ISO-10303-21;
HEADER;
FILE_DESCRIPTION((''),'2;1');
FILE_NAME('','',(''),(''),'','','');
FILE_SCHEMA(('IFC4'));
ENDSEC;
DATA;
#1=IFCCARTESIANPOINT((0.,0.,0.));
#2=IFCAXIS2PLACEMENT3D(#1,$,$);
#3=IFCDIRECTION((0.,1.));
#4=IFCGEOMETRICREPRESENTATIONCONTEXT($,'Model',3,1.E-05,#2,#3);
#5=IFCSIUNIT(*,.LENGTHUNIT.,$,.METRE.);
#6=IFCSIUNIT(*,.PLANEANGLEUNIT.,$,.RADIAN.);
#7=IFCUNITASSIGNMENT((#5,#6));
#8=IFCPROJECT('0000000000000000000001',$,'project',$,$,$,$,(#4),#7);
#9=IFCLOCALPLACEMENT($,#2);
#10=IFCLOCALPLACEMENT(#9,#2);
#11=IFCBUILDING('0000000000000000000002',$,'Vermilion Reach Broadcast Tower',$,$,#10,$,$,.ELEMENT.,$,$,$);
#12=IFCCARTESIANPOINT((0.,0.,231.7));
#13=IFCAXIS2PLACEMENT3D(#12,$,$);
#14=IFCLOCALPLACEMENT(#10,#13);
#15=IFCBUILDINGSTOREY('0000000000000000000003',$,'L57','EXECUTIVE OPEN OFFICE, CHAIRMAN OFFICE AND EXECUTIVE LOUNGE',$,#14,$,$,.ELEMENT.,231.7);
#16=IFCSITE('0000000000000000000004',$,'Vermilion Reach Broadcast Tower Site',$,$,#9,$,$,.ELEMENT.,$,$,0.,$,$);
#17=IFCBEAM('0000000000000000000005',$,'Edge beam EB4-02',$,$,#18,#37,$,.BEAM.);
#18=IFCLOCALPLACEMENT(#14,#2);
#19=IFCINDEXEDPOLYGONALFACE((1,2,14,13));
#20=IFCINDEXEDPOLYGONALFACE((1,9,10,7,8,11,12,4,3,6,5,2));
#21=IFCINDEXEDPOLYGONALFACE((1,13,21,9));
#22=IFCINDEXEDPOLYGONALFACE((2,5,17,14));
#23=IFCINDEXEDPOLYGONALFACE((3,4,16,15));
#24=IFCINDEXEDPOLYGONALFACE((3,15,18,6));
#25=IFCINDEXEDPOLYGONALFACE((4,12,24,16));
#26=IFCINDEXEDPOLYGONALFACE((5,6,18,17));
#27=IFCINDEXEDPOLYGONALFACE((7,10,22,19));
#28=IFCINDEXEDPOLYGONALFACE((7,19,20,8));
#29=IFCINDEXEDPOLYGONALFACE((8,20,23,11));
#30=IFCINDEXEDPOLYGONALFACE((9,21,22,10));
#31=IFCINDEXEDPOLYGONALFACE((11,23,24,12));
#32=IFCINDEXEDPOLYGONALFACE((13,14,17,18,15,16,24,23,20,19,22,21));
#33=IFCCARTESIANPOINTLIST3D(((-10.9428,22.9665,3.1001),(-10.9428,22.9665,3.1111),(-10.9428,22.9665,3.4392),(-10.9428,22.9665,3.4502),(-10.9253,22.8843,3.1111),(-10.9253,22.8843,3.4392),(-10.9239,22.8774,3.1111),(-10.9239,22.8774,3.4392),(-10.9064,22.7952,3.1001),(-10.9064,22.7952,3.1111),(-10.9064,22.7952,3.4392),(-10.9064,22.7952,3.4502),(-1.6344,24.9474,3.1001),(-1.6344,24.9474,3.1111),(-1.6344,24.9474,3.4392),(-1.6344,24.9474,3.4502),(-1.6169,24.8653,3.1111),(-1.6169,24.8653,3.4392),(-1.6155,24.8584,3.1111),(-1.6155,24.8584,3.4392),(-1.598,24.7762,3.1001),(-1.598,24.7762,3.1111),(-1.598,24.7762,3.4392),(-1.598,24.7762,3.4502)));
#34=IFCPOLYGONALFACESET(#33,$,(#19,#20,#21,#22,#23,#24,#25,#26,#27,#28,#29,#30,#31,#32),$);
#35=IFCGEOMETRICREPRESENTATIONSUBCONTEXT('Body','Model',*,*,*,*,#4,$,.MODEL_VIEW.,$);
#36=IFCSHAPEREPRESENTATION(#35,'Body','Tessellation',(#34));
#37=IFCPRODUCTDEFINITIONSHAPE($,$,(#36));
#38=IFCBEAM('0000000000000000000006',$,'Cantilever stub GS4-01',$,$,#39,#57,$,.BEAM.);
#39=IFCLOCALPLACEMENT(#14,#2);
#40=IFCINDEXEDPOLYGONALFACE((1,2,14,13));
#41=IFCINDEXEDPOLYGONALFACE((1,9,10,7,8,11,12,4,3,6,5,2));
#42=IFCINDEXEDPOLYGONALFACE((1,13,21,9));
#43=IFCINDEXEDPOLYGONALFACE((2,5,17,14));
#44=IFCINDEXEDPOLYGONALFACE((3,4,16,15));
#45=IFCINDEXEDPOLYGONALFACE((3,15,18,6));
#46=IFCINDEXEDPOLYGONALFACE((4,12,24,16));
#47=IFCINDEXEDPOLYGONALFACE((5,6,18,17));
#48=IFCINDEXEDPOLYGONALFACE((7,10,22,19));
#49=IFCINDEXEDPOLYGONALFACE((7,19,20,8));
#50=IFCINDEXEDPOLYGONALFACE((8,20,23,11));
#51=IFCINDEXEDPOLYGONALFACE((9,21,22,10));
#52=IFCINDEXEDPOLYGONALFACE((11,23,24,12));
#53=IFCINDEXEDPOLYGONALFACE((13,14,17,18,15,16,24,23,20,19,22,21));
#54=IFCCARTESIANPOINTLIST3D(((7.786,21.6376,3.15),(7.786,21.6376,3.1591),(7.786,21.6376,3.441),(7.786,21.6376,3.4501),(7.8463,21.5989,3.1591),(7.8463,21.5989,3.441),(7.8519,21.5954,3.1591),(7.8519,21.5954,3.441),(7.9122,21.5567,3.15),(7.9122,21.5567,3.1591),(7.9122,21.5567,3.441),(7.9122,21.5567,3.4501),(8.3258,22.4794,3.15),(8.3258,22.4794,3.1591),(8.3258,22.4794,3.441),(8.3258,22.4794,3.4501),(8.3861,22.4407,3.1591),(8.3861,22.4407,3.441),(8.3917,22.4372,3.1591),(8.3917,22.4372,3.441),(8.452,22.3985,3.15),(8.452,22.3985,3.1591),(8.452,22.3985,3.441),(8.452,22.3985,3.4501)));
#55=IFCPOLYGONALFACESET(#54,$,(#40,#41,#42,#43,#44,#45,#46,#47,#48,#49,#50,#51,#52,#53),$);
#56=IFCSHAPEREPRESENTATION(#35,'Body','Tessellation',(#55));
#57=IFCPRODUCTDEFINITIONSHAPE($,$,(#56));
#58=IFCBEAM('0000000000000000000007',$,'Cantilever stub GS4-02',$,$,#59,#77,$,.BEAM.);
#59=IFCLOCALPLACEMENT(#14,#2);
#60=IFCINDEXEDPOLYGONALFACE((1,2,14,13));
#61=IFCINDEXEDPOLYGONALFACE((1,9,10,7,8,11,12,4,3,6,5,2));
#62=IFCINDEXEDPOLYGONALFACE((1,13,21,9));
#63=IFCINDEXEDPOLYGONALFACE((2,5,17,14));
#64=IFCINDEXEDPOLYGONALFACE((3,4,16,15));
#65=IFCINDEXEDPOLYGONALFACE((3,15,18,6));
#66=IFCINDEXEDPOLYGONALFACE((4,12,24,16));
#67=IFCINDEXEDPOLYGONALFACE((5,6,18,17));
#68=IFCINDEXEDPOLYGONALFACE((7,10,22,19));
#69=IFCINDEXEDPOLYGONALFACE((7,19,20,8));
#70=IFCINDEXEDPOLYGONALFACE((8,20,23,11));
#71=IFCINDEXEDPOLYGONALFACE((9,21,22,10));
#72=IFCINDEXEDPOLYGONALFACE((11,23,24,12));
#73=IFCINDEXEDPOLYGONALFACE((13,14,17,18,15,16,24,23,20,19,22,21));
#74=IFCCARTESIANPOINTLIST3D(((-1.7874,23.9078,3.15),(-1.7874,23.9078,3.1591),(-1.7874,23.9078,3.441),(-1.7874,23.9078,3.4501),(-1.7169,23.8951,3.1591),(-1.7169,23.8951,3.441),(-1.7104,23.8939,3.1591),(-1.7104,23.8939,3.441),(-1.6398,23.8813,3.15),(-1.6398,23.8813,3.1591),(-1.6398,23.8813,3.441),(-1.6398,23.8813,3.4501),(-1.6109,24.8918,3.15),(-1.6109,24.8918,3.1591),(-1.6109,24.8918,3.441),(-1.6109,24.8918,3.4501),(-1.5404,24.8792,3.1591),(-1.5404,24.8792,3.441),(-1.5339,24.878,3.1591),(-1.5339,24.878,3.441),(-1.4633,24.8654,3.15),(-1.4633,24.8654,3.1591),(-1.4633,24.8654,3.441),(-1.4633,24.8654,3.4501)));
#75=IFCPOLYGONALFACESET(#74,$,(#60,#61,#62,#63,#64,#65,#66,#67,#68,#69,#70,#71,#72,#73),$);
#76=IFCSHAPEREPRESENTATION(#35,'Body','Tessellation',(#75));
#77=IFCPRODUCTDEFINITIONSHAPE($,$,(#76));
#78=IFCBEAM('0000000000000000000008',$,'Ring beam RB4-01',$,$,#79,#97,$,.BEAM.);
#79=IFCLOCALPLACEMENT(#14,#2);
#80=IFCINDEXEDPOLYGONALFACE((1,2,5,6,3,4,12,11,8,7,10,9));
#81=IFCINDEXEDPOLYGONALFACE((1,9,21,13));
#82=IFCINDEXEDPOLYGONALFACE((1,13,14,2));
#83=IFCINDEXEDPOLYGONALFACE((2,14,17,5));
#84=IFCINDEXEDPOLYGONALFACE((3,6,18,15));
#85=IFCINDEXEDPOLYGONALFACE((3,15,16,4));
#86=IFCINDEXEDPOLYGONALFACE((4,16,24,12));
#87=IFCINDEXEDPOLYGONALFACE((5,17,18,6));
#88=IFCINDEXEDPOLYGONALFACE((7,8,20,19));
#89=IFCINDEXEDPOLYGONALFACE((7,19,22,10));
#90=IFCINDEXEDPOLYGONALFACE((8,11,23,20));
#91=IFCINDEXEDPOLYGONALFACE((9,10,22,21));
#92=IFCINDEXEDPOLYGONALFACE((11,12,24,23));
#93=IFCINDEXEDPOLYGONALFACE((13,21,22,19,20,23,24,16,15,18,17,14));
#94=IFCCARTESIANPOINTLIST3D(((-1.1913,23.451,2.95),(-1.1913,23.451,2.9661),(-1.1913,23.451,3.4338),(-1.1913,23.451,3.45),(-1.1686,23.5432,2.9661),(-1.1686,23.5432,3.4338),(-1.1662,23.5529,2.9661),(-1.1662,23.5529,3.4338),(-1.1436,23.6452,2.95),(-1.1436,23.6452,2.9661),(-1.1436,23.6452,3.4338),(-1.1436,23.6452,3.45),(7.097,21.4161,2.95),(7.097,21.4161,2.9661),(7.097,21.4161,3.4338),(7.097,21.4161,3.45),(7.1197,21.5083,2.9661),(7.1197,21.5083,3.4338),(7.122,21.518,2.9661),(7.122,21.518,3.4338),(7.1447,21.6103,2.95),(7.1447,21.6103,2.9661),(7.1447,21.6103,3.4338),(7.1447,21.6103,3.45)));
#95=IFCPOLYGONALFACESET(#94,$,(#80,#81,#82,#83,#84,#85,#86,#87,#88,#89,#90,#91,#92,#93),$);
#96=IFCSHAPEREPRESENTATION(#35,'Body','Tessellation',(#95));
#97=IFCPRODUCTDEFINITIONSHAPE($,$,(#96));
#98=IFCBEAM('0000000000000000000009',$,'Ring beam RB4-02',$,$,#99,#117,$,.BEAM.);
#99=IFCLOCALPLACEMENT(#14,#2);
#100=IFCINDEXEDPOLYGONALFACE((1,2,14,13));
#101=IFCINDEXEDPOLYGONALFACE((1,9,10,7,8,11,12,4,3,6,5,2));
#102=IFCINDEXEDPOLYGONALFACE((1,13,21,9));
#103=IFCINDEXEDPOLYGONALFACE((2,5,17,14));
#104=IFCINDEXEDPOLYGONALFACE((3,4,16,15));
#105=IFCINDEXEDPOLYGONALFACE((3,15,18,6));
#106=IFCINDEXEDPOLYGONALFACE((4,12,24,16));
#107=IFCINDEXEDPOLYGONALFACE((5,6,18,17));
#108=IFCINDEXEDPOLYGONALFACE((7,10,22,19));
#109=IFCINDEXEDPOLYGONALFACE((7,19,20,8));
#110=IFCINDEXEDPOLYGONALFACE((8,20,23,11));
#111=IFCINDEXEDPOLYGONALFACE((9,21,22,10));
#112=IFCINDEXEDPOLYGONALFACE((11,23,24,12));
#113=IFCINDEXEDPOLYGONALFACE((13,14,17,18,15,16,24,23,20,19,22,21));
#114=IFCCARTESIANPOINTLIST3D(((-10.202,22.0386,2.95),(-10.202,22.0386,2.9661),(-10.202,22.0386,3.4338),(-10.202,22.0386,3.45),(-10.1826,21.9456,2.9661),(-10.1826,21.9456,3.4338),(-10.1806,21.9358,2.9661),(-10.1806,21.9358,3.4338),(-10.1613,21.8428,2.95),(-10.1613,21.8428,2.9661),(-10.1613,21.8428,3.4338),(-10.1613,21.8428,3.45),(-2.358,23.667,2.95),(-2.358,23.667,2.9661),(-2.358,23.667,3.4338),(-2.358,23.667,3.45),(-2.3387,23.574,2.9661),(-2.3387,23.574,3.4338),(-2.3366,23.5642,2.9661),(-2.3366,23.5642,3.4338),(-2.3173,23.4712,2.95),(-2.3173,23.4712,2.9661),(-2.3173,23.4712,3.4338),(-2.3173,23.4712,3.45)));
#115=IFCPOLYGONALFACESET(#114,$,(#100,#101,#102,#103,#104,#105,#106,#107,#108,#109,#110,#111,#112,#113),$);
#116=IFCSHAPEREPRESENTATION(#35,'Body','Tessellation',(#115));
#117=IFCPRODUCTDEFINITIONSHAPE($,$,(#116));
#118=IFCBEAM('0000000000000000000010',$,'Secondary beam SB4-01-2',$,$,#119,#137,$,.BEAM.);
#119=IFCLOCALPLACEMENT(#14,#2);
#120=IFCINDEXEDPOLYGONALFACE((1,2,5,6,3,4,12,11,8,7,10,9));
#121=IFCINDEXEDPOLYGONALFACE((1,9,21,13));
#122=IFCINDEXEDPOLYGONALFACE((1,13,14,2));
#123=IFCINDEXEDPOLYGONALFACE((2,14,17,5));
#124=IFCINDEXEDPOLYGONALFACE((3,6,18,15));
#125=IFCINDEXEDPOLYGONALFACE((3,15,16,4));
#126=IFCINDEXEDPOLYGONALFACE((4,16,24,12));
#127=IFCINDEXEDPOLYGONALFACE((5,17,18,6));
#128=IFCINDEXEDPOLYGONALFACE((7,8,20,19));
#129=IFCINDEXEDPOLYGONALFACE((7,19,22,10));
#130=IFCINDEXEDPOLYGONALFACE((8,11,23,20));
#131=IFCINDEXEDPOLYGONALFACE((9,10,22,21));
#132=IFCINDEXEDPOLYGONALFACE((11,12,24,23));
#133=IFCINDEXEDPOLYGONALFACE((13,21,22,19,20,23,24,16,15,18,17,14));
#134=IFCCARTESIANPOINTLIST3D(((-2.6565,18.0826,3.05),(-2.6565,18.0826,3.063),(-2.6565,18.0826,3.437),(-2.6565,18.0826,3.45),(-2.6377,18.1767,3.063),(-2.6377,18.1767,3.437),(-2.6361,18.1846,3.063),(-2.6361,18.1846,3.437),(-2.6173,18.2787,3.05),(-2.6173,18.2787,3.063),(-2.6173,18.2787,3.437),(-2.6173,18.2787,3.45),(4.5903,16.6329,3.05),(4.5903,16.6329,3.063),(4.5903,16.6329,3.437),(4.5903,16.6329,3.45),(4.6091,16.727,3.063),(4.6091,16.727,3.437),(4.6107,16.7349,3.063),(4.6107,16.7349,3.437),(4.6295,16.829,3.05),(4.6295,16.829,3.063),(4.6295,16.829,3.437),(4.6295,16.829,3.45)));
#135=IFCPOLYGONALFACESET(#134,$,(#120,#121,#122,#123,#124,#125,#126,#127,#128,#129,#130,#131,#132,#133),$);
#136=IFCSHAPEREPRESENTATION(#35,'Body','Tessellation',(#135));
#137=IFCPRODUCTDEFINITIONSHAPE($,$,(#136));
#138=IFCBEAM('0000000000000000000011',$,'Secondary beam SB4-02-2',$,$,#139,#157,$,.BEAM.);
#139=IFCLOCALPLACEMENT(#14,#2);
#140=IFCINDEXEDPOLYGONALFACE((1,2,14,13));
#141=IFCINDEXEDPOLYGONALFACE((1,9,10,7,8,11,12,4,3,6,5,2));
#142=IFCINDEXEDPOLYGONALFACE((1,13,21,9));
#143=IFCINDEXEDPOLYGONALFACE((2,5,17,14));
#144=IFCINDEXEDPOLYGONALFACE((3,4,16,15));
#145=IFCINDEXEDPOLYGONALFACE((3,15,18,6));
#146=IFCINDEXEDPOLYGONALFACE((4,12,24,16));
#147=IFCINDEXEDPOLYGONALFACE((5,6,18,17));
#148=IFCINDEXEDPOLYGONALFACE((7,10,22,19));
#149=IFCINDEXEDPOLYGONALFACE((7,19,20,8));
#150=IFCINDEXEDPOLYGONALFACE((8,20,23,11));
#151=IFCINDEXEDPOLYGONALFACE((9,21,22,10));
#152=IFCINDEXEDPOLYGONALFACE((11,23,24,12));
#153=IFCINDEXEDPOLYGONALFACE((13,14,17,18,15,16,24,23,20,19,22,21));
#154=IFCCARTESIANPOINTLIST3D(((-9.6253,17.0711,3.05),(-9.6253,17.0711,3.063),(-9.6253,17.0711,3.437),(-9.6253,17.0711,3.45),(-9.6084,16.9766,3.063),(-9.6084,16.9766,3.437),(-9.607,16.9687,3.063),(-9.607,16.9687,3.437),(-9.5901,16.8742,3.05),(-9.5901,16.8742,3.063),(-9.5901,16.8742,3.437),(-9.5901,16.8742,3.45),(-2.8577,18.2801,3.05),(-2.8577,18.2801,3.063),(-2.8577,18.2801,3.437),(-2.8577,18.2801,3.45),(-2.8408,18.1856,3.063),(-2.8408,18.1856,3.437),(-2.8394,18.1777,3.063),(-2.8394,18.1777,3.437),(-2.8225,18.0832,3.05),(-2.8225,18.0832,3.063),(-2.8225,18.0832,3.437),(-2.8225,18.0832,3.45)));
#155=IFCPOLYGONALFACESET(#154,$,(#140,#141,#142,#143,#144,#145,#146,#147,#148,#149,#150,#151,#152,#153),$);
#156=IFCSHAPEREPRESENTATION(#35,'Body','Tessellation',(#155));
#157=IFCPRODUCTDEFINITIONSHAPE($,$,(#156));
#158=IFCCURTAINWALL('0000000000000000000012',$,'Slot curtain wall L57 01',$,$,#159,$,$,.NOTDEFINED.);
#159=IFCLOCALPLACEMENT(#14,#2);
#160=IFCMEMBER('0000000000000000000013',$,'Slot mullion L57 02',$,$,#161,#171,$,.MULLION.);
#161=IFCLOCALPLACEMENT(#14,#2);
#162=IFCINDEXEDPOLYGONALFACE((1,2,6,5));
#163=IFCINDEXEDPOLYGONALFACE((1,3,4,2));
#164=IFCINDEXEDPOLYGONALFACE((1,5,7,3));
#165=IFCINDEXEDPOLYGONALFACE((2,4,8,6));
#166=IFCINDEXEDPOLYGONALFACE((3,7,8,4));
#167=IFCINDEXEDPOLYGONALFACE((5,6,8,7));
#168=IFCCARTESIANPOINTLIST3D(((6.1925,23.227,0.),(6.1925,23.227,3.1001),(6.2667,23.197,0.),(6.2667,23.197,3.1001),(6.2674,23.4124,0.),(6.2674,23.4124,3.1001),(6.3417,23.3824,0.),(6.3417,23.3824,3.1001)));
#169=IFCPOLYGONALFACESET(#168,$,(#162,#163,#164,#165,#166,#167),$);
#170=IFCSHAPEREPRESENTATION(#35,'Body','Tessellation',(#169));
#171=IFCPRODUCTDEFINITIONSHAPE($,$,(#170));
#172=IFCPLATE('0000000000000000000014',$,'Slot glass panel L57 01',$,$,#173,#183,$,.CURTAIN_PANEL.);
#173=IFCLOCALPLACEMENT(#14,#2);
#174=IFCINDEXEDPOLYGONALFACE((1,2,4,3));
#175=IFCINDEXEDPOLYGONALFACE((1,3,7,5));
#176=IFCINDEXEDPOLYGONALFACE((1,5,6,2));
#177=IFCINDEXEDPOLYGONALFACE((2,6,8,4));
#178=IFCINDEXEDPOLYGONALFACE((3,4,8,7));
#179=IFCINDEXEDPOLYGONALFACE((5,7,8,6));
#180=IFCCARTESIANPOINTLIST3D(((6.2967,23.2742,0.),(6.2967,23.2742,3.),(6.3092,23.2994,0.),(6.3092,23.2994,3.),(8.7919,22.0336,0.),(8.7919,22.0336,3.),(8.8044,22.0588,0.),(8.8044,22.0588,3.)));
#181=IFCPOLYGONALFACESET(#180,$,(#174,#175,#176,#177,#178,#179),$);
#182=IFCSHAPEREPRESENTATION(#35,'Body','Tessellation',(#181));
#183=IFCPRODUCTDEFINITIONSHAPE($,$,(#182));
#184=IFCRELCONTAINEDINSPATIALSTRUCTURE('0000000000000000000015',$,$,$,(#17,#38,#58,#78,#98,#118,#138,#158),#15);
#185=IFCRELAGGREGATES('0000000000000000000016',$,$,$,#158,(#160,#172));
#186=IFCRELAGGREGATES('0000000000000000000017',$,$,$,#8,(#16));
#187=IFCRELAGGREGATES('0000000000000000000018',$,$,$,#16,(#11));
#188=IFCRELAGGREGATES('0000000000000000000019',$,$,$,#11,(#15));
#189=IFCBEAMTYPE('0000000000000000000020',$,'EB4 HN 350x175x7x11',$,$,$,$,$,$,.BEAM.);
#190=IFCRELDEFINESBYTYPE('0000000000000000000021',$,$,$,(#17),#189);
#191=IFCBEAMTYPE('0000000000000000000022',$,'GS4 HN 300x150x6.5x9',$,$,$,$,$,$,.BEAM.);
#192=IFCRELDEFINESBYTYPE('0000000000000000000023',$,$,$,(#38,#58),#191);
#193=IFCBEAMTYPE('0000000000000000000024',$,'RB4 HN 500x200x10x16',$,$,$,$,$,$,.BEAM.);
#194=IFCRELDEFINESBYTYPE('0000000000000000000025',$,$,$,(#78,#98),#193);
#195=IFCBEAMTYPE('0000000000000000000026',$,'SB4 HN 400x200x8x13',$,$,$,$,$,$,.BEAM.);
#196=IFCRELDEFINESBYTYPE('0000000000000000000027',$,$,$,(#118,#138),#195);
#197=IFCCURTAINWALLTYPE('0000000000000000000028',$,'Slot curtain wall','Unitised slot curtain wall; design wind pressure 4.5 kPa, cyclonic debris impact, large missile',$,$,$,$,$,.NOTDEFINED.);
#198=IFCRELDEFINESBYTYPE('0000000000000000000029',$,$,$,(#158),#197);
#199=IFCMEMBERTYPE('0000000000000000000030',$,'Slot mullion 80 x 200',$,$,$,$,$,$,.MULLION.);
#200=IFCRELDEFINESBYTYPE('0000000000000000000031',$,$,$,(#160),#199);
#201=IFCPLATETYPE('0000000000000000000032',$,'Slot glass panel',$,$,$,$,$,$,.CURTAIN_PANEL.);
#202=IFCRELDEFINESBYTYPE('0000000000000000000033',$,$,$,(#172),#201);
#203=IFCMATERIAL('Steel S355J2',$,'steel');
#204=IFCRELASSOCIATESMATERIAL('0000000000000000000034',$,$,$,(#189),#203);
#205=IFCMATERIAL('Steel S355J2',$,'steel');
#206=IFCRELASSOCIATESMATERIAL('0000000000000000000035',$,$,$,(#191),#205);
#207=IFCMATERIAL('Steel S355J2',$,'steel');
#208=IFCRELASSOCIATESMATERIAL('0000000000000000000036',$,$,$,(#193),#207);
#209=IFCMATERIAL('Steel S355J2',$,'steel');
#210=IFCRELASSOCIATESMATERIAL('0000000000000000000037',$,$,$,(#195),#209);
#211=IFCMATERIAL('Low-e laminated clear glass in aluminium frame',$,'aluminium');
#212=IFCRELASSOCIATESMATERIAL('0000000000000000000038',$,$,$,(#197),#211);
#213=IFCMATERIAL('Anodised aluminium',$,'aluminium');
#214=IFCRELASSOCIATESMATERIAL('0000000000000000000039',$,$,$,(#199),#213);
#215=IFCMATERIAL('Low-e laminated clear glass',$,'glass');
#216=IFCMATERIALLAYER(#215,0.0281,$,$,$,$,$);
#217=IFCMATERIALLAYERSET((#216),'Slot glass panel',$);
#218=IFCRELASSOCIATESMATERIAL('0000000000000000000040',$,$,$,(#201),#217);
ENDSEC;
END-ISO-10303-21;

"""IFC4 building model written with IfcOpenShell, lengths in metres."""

from ifc_helpers import new_model, si_unit, direction, frame, origin, origin_2d, place, context, subcontext, project, spatial, rectangle, i_section, extrude, material, layer, layer_set, material_profile, profile_set, type_object, element, aggregate, save


model = new_model("IFC4")

# Units and contexts
model_context = context("Model", 3, precision=1e-05, world=origin(), true_north=direction((0.0, 1.0)))
body_context = subcontext(model_context, "Body", "Model", "MODEL_VIEW")
ifc_project = project(units=[si_unit("LENGTHUNIT", "METRE"), si_unit("PLANEANGLEUNIT", "RADIAN")], contexts=[model_context])

# Site, building, storey
site_placement = place(None, origin())
site = spatial("IfcSite", under=ifc_project, at=site_placement, Name="Vermilion Reach Broadcast Tower Site", CompositionType="ELEMENT", RefElevation=0.0)
building_placement = place(site_placement, origin())
building = spatial("IfcBuilding", under=site, at=building_placement, Name="Vermilion Reach Broadcast Tower", CompositionType="ELEMENT")
storey_placement = place(building_placement, frame((0.0, 0.0, 231.7)))
storey = spatial("IfcBuildingStorey", under=building, at=storey_placement, Name="L57", Description="EXECUTIVE OPEN OFFICE, CHAIRMAN OFFICE AND EXECUTIVE LOUNGE", CompositionType="ELEMENT", Elevation=231.7)

# Beams
ifc_material_1 = material(Name="Steel S355J2", Category="steel")
ifc_material_profile_1 = material_profile(ifc_material_1, i_section(OverallWidth=0.175, OverallDepth=0.3501, WebThickness=0.0071, FlangeThickness=0.011, at=origin_2d()), Name="S355J2 HN 350x175x7x11")
ifc_profile_set_1 = profile_set([ifc_material_profile_1], Name="Steel S355J2")
beam_type_1 = type_object("IfcBeamType", Name="EB4 HN 350x175x7x11", PredefinedType="BEAM", material=ifc_profile_set_1)
beam_1_placement = place(storey_placement, frame((-1.6162, 24.8618, 3.2751), z_axis=(-0.978096, -0.208154, 0.0), x_axis=(0.208154, -0.978096, 0.0)))
element("IfcBeam", 1, at=beam_1_placement, inside=storey, type_object=beam_type_1, Name="Edge beam EB4-02", PredefinedType="BEAM", context=body_context, shape_type="SweptSolid", body=[
    extrude(i_section(OverallWidth=0.175, OverallDepth=0.3501, WebThickness=0.0071, FlangeThickness=0.011, at=origin_2d()), origin(), (0.0, 0.0, 1.0), 9.5168),
])
ifc_material_2 = material(Name="Steel S355J2", Category="steel")
ifc_material_profile_2 = material_profile(ifc_material_2, i_section(OverallWidth=0.1499, OverallDepth=0.3, WebThickness=0.0066, FlangeThickness=0.009, at=origin_2d()), Name="S355J2 HN 300x150x6.5x9")
ifc_profile_set_2 = profile_set([ifc_material_profile_2], Name="Steel S355J2")
beam_type_2 = type_object("IfcBeamType", Name="GS4 HN 300x150x6.5x9", PredefinedType="BEAM", material=ifc_profile_set_2)
beam_2_placement = place(storey_placement, frame((7.8491, 21.5972, 3.3), z_axis=(0.539795, 0.841797, 0.0), x_axis=(-0.841797, 0.539795, 0.0)))
element("IfcBeam", 2, at=beam_2_placement, inside=storey, type_object=beam_type_2, Name="Cantilever stub GS4-01", PredefinedType="BEAM", context=body_context, shape_type="SweptSolid", body=[
    extrude(i_section(OverallWidth=0.1499, OverallDepth=0.3, WebThickness=0.0066, FlangeThickness=0.009, at=origin_2d()), origin(), (0.0, 0.0, 1.0), 1.0),
])
beam_3_placement = place(storey_placement, frame((-1.7136, 23.8945, 3.3), z_axis=(0.176543, 0.984293, 0.0), x_axis=(-0.984293, 0.176543, 0.0)))
element("IfcBeam", 3, at=beam_3_placement, inside=storey, type_object=beam_type_2, Name="Cantilever stub GS4-02", PredefinedType="BEAM", context=body_context, shape_type="SweptSolid", body=[
    extrude(i_section(OverallWidth=0.1499, OverallDepth=0.3, WebThickness=0.0066, FlangeThickness=0.009, at=origin_2d()), origin(), (0.0, 0.0, 1.0), 0.9998),
])
ifc_material_3 = material(Name="Steel S355J2", Category="steel")
ifc_material_profile_3 = material_profile(ifc_material_3, i_section(OverallWidth=0.2, OverallDepth=0.5, WebThickness=0.01, FlangeThickness=0.0161, at=origin_2d()), Name="S355J2 HN 500x200x10x16")
ifc_profile_set_3 = profile_set([ifc_material_profile_3], Name="Steel S355J2")
beam_type_3 = type_object("IfcBeamType", Name="RB4 HN 500x200x10x16", PredefinedType="BEAM", material=ifc_profile_set_3)
beam_4_placement = place(storey_placement, frame((7.1208, 21.5132, 3.2), z_axis=(-0.971159, 0.238434, 0.0), x_axis=(-0.238434, -0.971159, 0.0)))
element("IfcBeam", 4, at=beam_4_placement, inside=storey, type_object=beam_type_3, Name="Ring beam RB4-01", PredefinedType="BEAM", context=body_context, shape_type="SweptSolid", body=[
    extrude(i_section(OverallWidth=0.2, OverallDepth=0.5, WebThickness=0.01, FlangeThickness=0.0161, at=origin_2d()), origin(), (0.0, 0.0, 1.0), 8.5344),
])
beam_5_placement = place(storey_placement, frame((-2.3376, 23.5691, 3.2), z_axis=(-0.979123, -0.203267, 0.0), x_axis=(0.203267, -0.979123, 0.0)))
element("IfcBeam", 5, at=beam_5_placement, inside=storey, type_object=beam_type_3, Name="Ring beam RB4-02", PredefinedType="BEAM", context=body_context, shape_type="SweptSolid", body=[
    extrude(i_section(OverallWidth=0.2, OverallDepth=0.5, WebThickness=0.01, FlangeThickness=0.0161, at=origin_2d()), origin(), (0.0, 0.0, 1.0), 8.0112),
])
ifc_material_4 = material(Name="Steel S355J2", Category="steel")
ifc_material_profile_4 = material_profile(ifc_material_4, i_section(OverallWidth=0.2, OverallDepth=0.3999, WebThickness=0.0081, FlangeThickness=0.0129, at=origin_2d()), Name="S355J2 HN 400x200x8x13")
ifc_profile_set_4 = profile_set([ifc_material_profile_4], Name="Steel S355J2")
beam_type_4 = type_object("IfcBeamType", Name="SB4 HN 400x200x8x13", PredefinedType="BEAM", material=ifc_profile_set_4)
beam_6_placement = place(storey_placement, frame((4.6099, 16.731, 3.25), z_axis=(-0.980572, 0.196161, 0.0), x_axis=(-0.196161, -0.980572, 0.0)))
element("IfcBeam", 6, at=beam_6_placement, inside=storey, type_object=beam_type_4, Name="Secondary beam SB4-01-2", PredefinedType="BEAM", context=body_context, shape_type="SweptSolid", body=[
    extrude(i_section(OverallWidth=0.2, OverallDepth=0.3999, WebThickness=0.0081, FlangeThickness=0.0129, at=origin_2d()), origin(), (0.0, 0.0, 1.0), 7.3904),
])
beam_7_placement = place(storey_placement, frame((-2.8401, 18.1816, 3.25), z_axis=(-0.984415, -0.175859, 0.0), x_axis=(0.175859, -0.984415, 0.0)))
element("IfcBeam", 7, at=beam_7_placement, inside=storey, type_object=beam_type_4, Name="Secondary beam SB4-02-2", PredefinedType="BEAM", context=body_context, shape_type="SweptSolid", body=[
    extrude(i_section(OverallWidth=0.2, OverallDepth=0.3999, WebThickness=0.0081, FlangeThickness=0.0129, at=origin_2d()), origin(), (0.0, 0.0, 1.0), 6.8748),
])

# Curtain wall, member, plate
ifc_material_5 = material(Name="Low-e laminated clear glass in aluminium frame", Category="aluminium")
curtain_wall_type = type_object("IfcCurtainWallType", Name="Slot curtain wall", Description="Unitised slot curtain wall; design wind pressure 4.5 kPa, cyclonic debris impact, large missile", PredefinedType="NOTDEFINED", material=ifc_material_5)
curtain_wall_placement = place(storey_placement, origin())
curtain_wall = element("IfcCurtainWall", 8, at=curtain_wall_placement, inside=storey, type_object=curtain_wall_type, Name="Slot curtain wall L57 01", PredefinedType="NOTDEFINED")
ifc_material_6 = material(Name="Anodised aluminium", Category="aluminium")
ifc_material_profile_5 = material_profile(ifc_material_6, rectangle(XDim=0.2, YDim=0.0801, at=origin_2d()), Name="Slot mullion 80 x 200")
ifc_profile_set_5 = profile_set([ifc_material_profile_5], Name="Anodised aluminium")
member_type = type_object("IfcMemberType", Name="Slot mullion 80 x 200", PredefinedType="MULLION", material=ifc_profile_set_5)
member_placement = place(storey_placement, frame((6.2671, 23.3047, 0.0), z_axis=(0.0, 0.0, 1.0), x_axis=(-0.374712, -0.927141, 0.0)))
member = element("IfcMember", 9, at=member_placement, type_object=member_type, Name="Slot mullion L57 02", PredefinedType="MULLION", context=body_context, shape_type="SweptSolid", body=[
    extrude(rectangle(XDim=0.2, YDim=0.0801, at=origin_2d()), origin(), (0.0, 0.0, 1.0), 3.1001),
])
ifc_material_7 = material(Name="Low-e laminated clear glass", Category="glass")
ifc_layer_1 = layer(ifc_material_7, 0.0281)
ifc_layer_set_1 = layer_set([ifc_layer_1], Name="Slot glass panel")
plate_type = type_object("IfcPlateType", Name="Slot glass panel", PredefinedType="CURTAIN_PANEL", material=ifc_layer_set_1)
plate_placement = place(storey_placement, frame((7.5505, 22.6665, 0.0), z_axis=(0.0, 0.0, 1.0), x_axis=(-0.895437, 0.445189, 0.0)))
plate = element("IfcPlate", 10, at=plate_placement, type_object=plate_type, Name="Slot glass panel L57 01", PredefinedType="CURTAIN_PANEL", context=body_context, shape_type="SweptSolid", body=[
    extrude(rectangle(XDim=2.7866, YDim=0.0281, at=origin_2d()), origin(), (0.0, 0.0, 1.0), 3.0),
])
aggregate(curtain_wall, [member, plate])

save(model, "model.ifc")
